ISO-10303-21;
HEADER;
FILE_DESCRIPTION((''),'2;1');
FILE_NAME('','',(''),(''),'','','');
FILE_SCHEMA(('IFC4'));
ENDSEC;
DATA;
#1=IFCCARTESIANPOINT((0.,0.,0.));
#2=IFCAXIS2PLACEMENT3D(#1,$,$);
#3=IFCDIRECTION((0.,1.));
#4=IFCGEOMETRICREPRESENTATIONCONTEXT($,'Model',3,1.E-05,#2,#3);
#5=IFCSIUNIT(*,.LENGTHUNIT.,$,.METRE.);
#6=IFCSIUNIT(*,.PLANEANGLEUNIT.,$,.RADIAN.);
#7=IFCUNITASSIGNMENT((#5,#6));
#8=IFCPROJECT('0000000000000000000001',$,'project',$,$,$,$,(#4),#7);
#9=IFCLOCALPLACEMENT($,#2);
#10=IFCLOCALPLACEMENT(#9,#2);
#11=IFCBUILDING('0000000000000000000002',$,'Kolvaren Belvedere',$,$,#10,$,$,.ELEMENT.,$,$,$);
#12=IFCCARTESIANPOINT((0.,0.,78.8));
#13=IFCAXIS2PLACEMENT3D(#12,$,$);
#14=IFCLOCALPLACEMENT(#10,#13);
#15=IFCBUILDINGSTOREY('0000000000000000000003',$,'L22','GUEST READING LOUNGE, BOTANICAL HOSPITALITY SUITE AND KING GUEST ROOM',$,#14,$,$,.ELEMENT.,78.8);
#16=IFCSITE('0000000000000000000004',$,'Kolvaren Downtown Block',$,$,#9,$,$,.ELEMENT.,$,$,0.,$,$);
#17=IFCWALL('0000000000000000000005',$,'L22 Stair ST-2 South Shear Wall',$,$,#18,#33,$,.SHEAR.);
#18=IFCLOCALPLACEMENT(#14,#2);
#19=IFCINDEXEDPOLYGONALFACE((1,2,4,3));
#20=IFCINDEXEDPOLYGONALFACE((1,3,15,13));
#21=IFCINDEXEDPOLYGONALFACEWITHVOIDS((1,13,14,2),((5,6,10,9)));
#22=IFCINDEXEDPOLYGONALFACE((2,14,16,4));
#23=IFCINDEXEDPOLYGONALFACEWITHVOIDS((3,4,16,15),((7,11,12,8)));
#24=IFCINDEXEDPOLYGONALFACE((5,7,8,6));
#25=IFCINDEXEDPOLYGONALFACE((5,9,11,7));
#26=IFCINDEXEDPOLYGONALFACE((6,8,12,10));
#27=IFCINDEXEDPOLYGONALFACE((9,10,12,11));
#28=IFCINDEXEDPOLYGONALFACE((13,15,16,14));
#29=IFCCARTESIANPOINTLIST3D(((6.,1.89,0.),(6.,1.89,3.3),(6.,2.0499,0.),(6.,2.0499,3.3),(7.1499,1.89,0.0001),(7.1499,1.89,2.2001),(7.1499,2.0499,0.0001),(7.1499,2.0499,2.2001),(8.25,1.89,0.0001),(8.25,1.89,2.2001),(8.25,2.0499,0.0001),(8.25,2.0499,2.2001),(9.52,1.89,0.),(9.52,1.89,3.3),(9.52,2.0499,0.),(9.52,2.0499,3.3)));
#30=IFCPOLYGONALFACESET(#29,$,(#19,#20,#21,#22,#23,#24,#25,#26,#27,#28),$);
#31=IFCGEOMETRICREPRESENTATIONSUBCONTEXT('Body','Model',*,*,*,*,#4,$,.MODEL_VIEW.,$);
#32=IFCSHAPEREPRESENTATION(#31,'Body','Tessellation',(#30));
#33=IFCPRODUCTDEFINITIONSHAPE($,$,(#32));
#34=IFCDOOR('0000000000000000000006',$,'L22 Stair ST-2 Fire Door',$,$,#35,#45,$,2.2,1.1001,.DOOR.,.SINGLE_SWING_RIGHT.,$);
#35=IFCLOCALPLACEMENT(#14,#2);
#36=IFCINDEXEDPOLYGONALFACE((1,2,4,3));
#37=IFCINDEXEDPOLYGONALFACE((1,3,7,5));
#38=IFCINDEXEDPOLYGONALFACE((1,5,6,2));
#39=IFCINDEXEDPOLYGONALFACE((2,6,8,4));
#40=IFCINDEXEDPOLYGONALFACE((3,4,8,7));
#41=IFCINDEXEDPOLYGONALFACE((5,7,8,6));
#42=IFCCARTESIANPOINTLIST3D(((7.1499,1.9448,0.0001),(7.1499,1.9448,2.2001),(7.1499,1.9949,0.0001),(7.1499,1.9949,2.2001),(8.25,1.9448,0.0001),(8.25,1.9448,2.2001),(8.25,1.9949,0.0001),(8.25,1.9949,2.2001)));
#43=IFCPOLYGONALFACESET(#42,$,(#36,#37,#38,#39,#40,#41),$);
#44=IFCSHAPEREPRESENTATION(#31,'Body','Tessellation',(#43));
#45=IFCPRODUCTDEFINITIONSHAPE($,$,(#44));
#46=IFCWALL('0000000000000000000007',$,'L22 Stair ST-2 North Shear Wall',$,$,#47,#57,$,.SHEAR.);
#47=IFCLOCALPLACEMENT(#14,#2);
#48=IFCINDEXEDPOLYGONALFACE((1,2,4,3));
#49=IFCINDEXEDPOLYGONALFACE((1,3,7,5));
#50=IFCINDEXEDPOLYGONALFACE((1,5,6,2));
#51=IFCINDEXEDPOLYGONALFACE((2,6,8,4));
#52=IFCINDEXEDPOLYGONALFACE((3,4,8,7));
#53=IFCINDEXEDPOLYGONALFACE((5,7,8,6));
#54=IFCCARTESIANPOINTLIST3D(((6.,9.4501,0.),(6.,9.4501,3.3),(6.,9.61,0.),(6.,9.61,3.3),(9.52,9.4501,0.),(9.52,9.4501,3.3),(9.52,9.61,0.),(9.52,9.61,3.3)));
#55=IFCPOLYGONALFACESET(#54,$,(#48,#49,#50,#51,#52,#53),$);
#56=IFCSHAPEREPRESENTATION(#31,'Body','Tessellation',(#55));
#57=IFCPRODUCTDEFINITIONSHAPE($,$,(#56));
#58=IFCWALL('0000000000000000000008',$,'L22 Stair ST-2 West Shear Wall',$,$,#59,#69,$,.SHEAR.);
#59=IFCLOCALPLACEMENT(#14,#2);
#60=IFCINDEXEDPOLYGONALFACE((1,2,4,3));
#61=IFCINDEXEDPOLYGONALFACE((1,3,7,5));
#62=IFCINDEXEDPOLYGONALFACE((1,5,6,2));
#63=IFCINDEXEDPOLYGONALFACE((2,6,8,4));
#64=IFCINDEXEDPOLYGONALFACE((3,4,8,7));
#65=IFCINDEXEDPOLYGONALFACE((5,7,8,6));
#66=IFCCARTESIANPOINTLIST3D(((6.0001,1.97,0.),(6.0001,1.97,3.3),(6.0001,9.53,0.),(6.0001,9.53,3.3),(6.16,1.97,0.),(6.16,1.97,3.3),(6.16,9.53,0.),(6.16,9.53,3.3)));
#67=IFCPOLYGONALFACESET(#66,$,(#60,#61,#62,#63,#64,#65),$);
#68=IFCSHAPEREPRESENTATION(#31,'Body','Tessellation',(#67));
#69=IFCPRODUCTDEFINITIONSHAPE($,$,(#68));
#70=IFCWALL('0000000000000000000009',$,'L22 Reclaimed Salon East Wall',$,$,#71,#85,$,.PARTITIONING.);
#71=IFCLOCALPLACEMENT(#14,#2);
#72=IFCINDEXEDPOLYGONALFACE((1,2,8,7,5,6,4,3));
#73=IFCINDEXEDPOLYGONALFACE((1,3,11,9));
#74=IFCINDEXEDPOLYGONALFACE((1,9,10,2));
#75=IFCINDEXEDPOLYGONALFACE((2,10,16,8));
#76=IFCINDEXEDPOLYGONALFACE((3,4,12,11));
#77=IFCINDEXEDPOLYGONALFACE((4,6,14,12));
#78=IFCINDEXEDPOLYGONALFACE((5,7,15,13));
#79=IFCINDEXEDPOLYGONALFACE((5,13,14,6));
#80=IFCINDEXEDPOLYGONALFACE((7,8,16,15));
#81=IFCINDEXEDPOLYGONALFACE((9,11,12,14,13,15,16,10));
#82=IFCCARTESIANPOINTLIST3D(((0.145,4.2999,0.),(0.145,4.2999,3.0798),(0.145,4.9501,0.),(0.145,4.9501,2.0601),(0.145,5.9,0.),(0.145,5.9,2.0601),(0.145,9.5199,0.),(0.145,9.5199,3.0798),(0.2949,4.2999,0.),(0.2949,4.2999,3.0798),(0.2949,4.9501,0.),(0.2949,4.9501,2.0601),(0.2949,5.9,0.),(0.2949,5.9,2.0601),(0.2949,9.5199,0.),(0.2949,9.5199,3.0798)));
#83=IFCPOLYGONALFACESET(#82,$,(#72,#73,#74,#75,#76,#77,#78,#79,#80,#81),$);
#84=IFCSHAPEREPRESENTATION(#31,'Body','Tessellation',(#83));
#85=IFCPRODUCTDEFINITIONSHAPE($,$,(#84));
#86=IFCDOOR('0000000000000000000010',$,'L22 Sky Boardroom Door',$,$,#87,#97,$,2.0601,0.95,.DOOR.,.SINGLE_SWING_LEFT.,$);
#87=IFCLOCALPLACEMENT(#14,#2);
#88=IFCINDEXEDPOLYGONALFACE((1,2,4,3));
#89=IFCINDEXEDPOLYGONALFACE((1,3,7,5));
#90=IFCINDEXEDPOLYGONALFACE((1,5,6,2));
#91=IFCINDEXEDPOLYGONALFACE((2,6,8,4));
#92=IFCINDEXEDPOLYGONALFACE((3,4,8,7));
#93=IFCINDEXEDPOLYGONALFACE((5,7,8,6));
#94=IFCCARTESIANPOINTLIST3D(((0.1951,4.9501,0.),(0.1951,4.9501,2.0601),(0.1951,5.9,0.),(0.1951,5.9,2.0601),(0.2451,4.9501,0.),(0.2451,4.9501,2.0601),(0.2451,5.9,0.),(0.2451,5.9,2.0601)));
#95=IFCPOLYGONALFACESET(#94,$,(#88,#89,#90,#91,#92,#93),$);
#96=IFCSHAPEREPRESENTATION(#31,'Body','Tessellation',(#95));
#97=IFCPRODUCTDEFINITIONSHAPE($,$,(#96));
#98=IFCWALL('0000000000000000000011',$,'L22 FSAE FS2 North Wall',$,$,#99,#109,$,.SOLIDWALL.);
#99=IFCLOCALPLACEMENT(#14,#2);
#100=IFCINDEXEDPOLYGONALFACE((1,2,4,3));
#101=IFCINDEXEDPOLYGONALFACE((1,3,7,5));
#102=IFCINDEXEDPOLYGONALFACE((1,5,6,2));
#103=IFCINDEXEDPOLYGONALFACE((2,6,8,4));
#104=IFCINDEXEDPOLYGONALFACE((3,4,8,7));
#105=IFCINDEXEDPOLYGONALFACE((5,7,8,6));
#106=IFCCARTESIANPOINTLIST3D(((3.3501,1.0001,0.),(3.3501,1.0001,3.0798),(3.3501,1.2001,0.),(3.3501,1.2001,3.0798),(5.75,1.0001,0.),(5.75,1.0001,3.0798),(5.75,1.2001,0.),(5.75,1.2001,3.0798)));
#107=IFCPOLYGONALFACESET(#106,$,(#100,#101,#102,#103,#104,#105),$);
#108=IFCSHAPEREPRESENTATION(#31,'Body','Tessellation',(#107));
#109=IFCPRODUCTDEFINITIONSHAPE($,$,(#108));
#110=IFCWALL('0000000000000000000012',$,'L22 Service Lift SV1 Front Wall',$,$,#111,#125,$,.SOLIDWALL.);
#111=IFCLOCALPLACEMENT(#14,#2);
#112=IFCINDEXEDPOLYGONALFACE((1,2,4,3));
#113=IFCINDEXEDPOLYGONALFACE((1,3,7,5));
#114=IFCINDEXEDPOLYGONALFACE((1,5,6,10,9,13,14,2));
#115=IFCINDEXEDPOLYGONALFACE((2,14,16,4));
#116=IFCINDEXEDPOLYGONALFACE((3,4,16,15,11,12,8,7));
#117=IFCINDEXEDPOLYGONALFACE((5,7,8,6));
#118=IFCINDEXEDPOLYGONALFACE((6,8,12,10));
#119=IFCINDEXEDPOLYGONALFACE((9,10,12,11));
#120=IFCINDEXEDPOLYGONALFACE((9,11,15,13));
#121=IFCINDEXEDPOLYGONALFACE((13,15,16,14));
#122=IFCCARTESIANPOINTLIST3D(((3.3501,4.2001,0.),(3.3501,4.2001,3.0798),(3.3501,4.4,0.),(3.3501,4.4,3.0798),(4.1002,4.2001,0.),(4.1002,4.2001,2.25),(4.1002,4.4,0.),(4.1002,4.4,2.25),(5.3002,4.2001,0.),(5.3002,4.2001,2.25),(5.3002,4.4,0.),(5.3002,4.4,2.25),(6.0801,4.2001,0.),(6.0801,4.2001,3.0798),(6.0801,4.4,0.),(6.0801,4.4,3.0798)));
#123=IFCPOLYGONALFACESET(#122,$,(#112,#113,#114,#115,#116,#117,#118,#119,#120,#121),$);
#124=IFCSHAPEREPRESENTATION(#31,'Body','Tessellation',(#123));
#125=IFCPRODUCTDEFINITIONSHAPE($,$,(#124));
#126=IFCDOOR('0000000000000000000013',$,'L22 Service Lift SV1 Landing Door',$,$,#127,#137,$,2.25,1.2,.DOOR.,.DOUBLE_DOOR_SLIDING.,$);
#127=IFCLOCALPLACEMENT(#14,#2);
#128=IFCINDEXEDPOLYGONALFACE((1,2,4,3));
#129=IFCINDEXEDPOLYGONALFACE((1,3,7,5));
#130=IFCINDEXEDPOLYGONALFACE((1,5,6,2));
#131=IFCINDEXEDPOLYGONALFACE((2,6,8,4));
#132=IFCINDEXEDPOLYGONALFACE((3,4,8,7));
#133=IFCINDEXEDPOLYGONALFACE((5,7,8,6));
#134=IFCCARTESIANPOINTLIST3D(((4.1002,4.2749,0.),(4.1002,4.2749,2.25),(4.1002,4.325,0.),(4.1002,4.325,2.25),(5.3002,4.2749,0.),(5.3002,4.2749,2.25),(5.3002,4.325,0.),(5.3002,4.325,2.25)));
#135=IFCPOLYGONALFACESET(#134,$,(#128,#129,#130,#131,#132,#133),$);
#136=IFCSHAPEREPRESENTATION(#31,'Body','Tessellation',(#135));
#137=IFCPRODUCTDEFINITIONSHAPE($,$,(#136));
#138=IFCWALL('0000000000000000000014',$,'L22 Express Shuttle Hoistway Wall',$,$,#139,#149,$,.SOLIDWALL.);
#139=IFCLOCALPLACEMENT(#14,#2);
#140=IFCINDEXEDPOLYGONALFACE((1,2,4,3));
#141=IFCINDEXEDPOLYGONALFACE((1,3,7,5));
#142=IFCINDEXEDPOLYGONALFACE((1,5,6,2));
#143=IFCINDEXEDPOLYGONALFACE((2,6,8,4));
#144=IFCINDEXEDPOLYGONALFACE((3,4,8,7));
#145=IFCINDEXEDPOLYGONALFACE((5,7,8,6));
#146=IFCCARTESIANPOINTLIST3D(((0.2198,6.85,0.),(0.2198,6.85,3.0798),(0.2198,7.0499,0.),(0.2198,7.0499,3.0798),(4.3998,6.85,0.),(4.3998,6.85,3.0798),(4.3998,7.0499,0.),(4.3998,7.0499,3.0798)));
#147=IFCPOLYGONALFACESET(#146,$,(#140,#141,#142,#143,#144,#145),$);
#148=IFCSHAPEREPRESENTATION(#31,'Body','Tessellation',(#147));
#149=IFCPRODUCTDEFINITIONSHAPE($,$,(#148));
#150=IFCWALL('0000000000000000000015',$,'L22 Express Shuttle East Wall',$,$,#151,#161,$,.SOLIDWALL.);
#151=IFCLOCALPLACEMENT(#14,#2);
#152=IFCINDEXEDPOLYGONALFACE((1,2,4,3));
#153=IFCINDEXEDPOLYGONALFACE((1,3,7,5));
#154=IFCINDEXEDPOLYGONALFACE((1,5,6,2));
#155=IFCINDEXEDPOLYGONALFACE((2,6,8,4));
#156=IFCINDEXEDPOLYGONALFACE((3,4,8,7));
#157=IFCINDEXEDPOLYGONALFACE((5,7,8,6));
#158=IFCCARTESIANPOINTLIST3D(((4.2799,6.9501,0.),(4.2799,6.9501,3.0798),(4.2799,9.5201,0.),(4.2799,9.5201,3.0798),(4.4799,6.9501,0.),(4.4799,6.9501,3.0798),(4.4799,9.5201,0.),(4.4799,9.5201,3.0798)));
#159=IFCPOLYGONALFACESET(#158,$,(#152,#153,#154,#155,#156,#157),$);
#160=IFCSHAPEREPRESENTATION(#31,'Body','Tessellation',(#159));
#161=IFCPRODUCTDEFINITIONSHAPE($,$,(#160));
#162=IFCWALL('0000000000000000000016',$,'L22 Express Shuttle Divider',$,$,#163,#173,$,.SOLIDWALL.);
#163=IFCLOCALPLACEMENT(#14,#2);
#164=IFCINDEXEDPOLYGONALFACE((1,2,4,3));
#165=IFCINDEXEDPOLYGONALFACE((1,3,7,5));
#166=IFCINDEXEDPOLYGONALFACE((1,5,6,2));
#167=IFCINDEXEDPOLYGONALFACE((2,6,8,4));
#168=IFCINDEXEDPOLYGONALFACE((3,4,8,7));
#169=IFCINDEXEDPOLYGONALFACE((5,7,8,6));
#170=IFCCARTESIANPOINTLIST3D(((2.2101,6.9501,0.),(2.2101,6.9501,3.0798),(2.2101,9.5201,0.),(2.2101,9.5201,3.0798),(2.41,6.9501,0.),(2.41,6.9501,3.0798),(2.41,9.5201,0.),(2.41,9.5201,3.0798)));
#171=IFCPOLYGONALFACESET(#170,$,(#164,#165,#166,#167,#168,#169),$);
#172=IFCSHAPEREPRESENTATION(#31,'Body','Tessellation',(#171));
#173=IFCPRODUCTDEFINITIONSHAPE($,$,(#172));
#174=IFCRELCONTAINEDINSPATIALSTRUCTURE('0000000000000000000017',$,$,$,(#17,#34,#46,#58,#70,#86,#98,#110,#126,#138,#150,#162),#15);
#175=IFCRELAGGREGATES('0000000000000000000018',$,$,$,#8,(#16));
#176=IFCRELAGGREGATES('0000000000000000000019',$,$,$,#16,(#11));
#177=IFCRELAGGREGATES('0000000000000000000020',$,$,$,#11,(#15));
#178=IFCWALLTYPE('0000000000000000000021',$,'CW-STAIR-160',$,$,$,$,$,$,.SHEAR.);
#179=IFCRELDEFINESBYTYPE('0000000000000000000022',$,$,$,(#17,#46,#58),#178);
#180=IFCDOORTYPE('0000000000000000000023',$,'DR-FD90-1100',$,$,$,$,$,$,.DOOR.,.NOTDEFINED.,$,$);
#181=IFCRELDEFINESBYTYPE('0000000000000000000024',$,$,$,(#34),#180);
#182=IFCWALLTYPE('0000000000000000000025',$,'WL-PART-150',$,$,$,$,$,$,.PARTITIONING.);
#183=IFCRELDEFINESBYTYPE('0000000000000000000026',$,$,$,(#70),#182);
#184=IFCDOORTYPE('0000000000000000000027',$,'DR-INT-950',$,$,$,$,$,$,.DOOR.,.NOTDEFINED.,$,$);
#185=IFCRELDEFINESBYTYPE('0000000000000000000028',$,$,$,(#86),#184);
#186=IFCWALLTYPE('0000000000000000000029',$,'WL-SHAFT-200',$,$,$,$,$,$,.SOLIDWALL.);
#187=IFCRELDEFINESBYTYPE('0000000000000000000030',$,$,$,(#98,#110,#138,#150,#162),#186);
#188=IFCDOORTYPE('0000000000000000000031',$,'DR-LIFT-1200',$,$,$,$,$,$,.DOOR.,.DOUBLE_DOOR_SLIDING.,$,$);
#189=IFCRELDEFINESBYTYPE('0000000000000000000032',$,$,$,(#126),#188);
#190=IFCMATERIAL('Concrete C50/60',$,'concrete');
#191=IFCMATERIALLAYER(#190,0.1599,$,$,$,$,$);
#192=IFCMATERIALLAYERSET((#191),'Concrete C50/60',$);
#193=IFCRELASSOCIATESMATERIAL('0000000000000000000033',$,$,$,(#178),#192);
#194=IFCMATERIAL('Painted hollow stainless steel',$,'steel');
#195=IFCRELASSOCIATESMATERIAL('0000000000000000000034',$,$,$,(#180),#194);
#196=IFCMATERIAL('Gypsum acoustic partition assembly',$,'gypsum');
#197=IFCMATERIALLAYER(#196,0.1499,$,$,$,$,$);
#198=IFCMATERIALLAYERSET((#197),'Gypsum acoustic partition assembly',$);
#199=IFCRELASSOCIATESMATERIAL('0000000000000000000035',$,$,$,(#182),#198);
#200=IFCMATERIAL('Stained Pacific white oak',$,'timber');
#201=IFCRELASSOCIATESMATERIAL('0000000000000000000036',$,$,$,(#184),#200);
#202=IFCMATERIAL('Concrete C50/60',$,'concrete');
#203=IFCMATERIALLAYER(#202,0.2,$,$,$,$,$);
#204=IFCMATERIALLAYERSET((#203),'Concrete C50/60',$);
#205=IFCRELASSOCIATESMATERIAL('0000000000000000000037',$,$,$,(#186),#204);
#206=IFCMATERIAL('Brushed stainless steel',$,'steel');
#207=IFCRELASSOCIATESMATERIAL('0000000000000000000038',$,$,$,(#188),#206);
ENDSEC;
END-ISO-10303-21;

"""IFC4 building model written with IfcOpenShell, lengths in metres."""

from ifc_helpers import new_model, si_unit, direction, frame, frame_2d, origin, place, context, subcontext, project, spatial, rectangle, extrude, material, layer, layer_set, type_object, element, fill, save


model = new_model("IFC4")

# Units and contexts
model_context = context("Model", 3, precision=1e-05, world=origin(), true_north=direction((0.0, 1.0)))
body_context = subcontext(model_context, "Body", "Model", "MODEL_VIEW")
ifc_project = project(units=[si_unit("LENGTHUNIT", "METRE"), si_unit("PLANEANGLEUNIT", "RADIAN")], contexts=[model_context])

# Site, building, storey
site_placement = place(None, origin())
site = spatial("IfcSite", under=ifc_project, at=site_placement, Name="Kolvaren Downtown Block", CompositionType="ELEMENT", RefElevation=0.0)
building_placement = place(site_placement, origin())
building = spatial("IfcBuilding", under=site, at=building_placement, Name="Kolvaren Belvedere", CompositionType="ELEMENT")
storey_placement = place(building_placement, frame((0.0, 0.0, 78.8)))
storey = spatial("IfcBuildingStorey", under=building, at=storey_placement, Name="L22", Description="GUEST READING LOUNGE, BOTANICAL HOSPITALITY SUITE AND KING GUEST ROOM", CompositionType="ELEMENT", Elevation=78.8)

# Wall, opening, door
ifc_material_1 = material(Name="Concrete C50/60", Category="concrete")
ifc_layer_1 = layer(ifc_material_1, 0.1599)
ifc_layer_set_1 = layer_set([ifc_layer_1], Name="Concrete C50/60")
wall_type_1 = type_object("IfcWallType", Name="CW-STAIR-160", PredefinedType="SHEAR", material=ifc_layer_set_1)
wall_1_placement = place(storey_placement, frame((6.0, 1.97, 0.0), z_axis=(0.0, 0.0, 1.0), x_axis=(1.0, 0.0, 0.0)))
wall_1 = element("IfcWall", 1, at=wall_1_placement, inside=storey, type_object=wall_type_1, Name="L22 Stair ST-2 South Shear Wall", PredefinedType="SHEAR", context=body_context, shape_type="SweptSolid", body=[
    extrude(rectangle(XDim=3.52, YDim=0.1599, at=frame_2d((1.76, 0.0))), origin(), (0.0, 0.0, 1.0), 3.3),
])
opening_1_placement = place(wall_1_placement, frame((1.1499, 0.0, 0.0)))
opening_1 = element("IfcOpeningElement", 2, at=opening_1_placement, cuts=wall_1, PredefinedType="OPENING", context=body_context, shape_type="SweptSolid", body=[
    extrude(rectangle(XDim=1.1001, YDim=2.2, at=frame_2d((0.55, 1.1001))), frame((0.0, 0.0898, 0.0), z_axis=(0.0, -1.0, 0.0), x_axis=(1.0, 0.0, 0.0)), (0.0, 0.0, 1.0), 0.1799),
])
ifc_material_2 = material(Name="Painted hollow stainless steel", Category="steel")
door_type_1 = type_object("IfcDoorType", Name="DR-FD90-1100", OperationType="NOTDEFINED", PredefinedType="DOOR", material=ifc_material_2)
door_1_placement = place(opening_1_placement, origin())
door_1 = element("IfcDoor", 3, at=door_1_placement, inside=storey, type_object=door_type_1, Name="L22 Stair ST-2 Fire Door", OperationType="SINGLE_SWING_RIGHT", OverallHeight=2.2, OverallWidth=1.1001, PredefinedType="DOOR", context=body_context, shape_type="SweptSolid", body=[
    extrude(rectangle(XDim=1.1001, YDim=2.2, at=frame_2d((0.55, 1.1001))), frame((0.0, 0.0249, 0.0), z_axis=(0.0, -1.0, 0.0), x_axis=(1.0, 0.0, 0.0)), (0.0, 0.0, 1.0), 0.05),
])
fill(opening_1, door_1)

# Walls
wall_2_placement = place(storey_placement, frame((6.0, 9.53, 0.0), z_axis=(0.0, 0.0, 1.0), x_axis=(1.0, 0.0, 0.0)))
element("IfcWall", 4, at=wall_2_placement, inside=storey, type_object=wall_type_1, Name="L22 Stair ST-2 North Shear Wall", PredefinedType="SHEAR", context=body_context, shape_type="SweptSolid", body=[
    extrude(rectangle(XDim=3.52, YDim=0.1599, at=frame_2d((1.76, 0.0))), origin(), (0.0, 0.0, 1.0), 3.3),
])
wall_3_placement = place(storey_placement, frame((6.0801, 1.97, 0.0), z_axis=(0.0, 0.0, 1.0), x_axis=(0.0, 1.0, 0.0)))
element("IfcWall", 5, at=wall_3_placement, inside=storey, type_object=wall_type_1, Name="L22 Stair ST-2 West Shear Wall", PredefinedType="SHEAR", context=body_context, shape_type="SweptSolid", body=[
    extrude(rectangle(XDim=7.5601, YDim=0.1599, at=frame_2d((3.78, 0.0))), origin(), (0.0, 0.0, 1.0), 3.3),
])

# Wall, opening, door
ifc_material_3 = material(Name="Gypsum acoustic partition assembly", Category="gypsum")
ifc_layer_2 = layer(ifc_material_3, 0.1499)
ifc_layer_set_2 = layer_set([ifc_layer_2], Name="Gypsum acoustic partition assembly")
wall_type_2 = type_object("IfcWallType", Name="WL-PART-150", PredefinedType="PARTITIONING", material=ifc_layer_set_2)
wall_4_placement = place(storey_placement, frame((0.22, 4.3, 0.0), z_axis=(0.0, 0.0, 1.0), x_axis=(0.0, 1.0, 0.0)))
wall_4 = element("IfcWall", 6, at=wall_4_placement, inside=storey, type_object=wall_type_2, Name="L22 Reclaimed Salon East Wall", PredefinedType="PARTITIONING", context=body_context, shape_type="SweptSolid", body=[
    extrude(rectangle(XDim=5.22, YDim=0.1499, at=frame_2d((2.6099, 0.0))), origin(), (0.0, 0.0, 1.0), 3.0798),
])
opening_2_placement = place(wall_4_placement, frame((0.6499, 0.0, 0.0)))
opening_2 = element("IfcOpeningElement", 7, at=opening_2_placement, cuts=wall_4, PredefinedType="OPENING", context=body_context, shape_type="SweptSolid", body=[
    extrude(rectangle(XDim=0.95, YDim=2.0601, at=frame_2d((0.4751, 1.03))), frame((0.0, 0.085, 0.0), z_axis=(0.0, -1.0, 0.0), x_axis=(1.0, 0.0, 0.0)), (0.0, 0.0, 1.0), 0.1699),
])
ifc_material_4 = material(Name="Stained Pacific white oak", Category="timber")
door_type_2 = type_object("IfcDoorType", Name="DR-INT-950", OperationType="NOTDEFINED", PredefinedType="DOOR", material=ifc_material_4)
door_2_placement = place(opening_2_placement, origin())
door_2 = element("IfcDoor", 8, at=door_2_placement, inside=storey, type_object=door_type_2, Name="L22 Sky Boardroom Door", OperationType="SINGLE_SWING_LEFT", OverallHeight=2.0601, OverallWidth=0.95, PredefinedType="DOOR", context=body_context, shape_type="SweptSolid", body=[
    extrude(rectangle(XDim=0.95, YDim=2.0601, at=frame_2d((0.4751, 1.03))), frame((0.0, 0.0249, 0.0), z_axis=(0.0, -1.0, 0.0), x_axis=(1.0, 0.0, 0.0)), (0.0, 0.0, 1.0), 0.05),
])
fill(opening_2, door_2)

# Wall
ifc_material_5 = material(Name="Concrete C50/60", Category="concrete")
ifc_layer_3 = layer(ifc_material_5, 0.2)
ifc_layer_set_3 = layer_set([ifc_layer_3], Name="Concrete C50/60")
wall_type_3 = type_object("IfcWallType", Name="WL-SHAFT-200", PredefinedType="SOLIDWALL", material=ifc_layer_set_3)
wall_5_placement = place(storey_placement, frame((3.3501, 1.1001, 0.0), z_axis=(0.0, 0.0, 1.0), x_axis=(1.0, 0.0, 0.0)))
element("IfcWall", 9, at=wall_5_placement, inside=storey, type_object=wall_type_3, Name="L22 FSAE FS2 North Wall", PredefinedType="SOLIDWALL", context=body_context, shape_type="SweptSolid", body=[
    extrude(rectangle(XDim=2.3999, YDim=0.2, at=frame_2d((1.2, 0.0))), origin(), (0.0, 0.0, 1.0), 3.0798),
])

# Wall, opening, door
wall_6_placement = place(storey_placement, frame((3.3501, 4.3, 0.0), z_axis=(0.0, 0.0, 1.0), x_axis=(1.0, 0.0, 0.0)))
wall_6 = element("IfcWall", 10, at=wall_6_placement, inside=storey, type_object=wall_type_3, Name="L22 Service Lift SV1 Front Wall", PredefinedType="SOLIDWALL", context=body_context, shape_type="SweptSolid", body=[
    extrude(rectangle(XDim=2.73, YDim=0.2, at=frame_2d((1.365, 0.0))), origin(), (0.0, 0.0, 1.0), 3.0798),
])
opening_3_placement = place(wall_6_placement, frame((0.75, 0.0, 0.0)))
opening_3 = element("IfcOpeningElement", 11, at=opening_3_placement, cuts=wall_6, PredefinedType="OPENING", context=body_context, shape_type="SweptSolid", body=[
    extrude(rectangle(XDim=1.2, YDim=2.25, at=frame_2d((0.6001, 1.125))), frame((0.0, 0.1099, 0.0), z_axis=(0.0, -1.0, 0.0), x_axis=(1.0, 0.0, 0.0)), (0.0, 0.0, 1.0), 0.22),
])
ifc_material_6 = material(Name="Brushed stainless steel", Category="steel")
door_type_3 = type_object("IfcDoorType", Name="DR-LIFT-1200", OperationType="DOUBLE_DOOR_SLIDING", PredefinedType="DOOR", material=ifc_material_6)
door_3_placement = place(opening_3_placement, origin())
door_3 = element("IfcDoor", 12, at=door_3_placement, inside=storey, type_object=door_type_3, Name="L22 Service Lift SV1 Landing Door", OperationType="DOUBLE_DOOR_SLIDING", OverallHeight=2.25, OverallWidth=1.2, PredefinedType="DOOR", context=body_context, shape_type="SweptSolid", body=[
    extrude(rectangle(XDim=1.2, YDim=2.25, at=frame_2d((0.6001, 1.125))), frame((0.0, 0.0249, 0.0), z_axis=(0.0, -1.0, 0.0), x_axis=(1.0, 0.0, 0.0)), (0.0, 0.0, 1.0), 0.05),
])
fill(opening_3, door_3)

# Walls
wall_7_placement = place(storey_placement, frame((0.22, 6.95, 0.0), z_axis=(0.0, 0.0, 1.0), x_axis=(1.0, 0.0, 0.0)))
element("IfcWall", 13, at=wall_7_placement, inside=storey, type_object=wall_type_3, Name="L22 Express Shuttle Hoistway Wall", PredefinedType="SOLIDWALL", context=body_context, shape_type="SweptSolid", body=[
    extrude(rectangle(XDim=4.1799, YDim=0.2, at=frame_2d((2.0898, 0.0))), origin(), (0.0, 0.0, 1.0), 3.0798),
])
for number, where, z_axis, x_axis, name in (
    (14, (4.3799, 6.95, 0.0), (0.0, 0.0, 1.0), (0.0, 1.0, 0.0), "L22 Express Shuttle East Wall"),
    (15, (2.3101, 6.95, 0.0), (0.0, 0.0, 1.0), (0.0, 1.0, 0.0), "L22 Express Shuttle Divider"),
):
    element("IfcWall", number, at=place(storey_placement, frame(where, z_axis=z_axis, x_axis=x_axis)), inside=storey, type_object=wall_type_3, Name=name, PredefinedType="SOLIDWALL", context=body_context, shape_type="SweptSolid", body=[
        extrude(rectangle(XDim=2.5701, YDim=0.2, at=frame_2d((1.2852, 0.0))), origin(), (0.0, 0.0, 1.0), 3.0798),
    ])

save(model, "model.ifc")
